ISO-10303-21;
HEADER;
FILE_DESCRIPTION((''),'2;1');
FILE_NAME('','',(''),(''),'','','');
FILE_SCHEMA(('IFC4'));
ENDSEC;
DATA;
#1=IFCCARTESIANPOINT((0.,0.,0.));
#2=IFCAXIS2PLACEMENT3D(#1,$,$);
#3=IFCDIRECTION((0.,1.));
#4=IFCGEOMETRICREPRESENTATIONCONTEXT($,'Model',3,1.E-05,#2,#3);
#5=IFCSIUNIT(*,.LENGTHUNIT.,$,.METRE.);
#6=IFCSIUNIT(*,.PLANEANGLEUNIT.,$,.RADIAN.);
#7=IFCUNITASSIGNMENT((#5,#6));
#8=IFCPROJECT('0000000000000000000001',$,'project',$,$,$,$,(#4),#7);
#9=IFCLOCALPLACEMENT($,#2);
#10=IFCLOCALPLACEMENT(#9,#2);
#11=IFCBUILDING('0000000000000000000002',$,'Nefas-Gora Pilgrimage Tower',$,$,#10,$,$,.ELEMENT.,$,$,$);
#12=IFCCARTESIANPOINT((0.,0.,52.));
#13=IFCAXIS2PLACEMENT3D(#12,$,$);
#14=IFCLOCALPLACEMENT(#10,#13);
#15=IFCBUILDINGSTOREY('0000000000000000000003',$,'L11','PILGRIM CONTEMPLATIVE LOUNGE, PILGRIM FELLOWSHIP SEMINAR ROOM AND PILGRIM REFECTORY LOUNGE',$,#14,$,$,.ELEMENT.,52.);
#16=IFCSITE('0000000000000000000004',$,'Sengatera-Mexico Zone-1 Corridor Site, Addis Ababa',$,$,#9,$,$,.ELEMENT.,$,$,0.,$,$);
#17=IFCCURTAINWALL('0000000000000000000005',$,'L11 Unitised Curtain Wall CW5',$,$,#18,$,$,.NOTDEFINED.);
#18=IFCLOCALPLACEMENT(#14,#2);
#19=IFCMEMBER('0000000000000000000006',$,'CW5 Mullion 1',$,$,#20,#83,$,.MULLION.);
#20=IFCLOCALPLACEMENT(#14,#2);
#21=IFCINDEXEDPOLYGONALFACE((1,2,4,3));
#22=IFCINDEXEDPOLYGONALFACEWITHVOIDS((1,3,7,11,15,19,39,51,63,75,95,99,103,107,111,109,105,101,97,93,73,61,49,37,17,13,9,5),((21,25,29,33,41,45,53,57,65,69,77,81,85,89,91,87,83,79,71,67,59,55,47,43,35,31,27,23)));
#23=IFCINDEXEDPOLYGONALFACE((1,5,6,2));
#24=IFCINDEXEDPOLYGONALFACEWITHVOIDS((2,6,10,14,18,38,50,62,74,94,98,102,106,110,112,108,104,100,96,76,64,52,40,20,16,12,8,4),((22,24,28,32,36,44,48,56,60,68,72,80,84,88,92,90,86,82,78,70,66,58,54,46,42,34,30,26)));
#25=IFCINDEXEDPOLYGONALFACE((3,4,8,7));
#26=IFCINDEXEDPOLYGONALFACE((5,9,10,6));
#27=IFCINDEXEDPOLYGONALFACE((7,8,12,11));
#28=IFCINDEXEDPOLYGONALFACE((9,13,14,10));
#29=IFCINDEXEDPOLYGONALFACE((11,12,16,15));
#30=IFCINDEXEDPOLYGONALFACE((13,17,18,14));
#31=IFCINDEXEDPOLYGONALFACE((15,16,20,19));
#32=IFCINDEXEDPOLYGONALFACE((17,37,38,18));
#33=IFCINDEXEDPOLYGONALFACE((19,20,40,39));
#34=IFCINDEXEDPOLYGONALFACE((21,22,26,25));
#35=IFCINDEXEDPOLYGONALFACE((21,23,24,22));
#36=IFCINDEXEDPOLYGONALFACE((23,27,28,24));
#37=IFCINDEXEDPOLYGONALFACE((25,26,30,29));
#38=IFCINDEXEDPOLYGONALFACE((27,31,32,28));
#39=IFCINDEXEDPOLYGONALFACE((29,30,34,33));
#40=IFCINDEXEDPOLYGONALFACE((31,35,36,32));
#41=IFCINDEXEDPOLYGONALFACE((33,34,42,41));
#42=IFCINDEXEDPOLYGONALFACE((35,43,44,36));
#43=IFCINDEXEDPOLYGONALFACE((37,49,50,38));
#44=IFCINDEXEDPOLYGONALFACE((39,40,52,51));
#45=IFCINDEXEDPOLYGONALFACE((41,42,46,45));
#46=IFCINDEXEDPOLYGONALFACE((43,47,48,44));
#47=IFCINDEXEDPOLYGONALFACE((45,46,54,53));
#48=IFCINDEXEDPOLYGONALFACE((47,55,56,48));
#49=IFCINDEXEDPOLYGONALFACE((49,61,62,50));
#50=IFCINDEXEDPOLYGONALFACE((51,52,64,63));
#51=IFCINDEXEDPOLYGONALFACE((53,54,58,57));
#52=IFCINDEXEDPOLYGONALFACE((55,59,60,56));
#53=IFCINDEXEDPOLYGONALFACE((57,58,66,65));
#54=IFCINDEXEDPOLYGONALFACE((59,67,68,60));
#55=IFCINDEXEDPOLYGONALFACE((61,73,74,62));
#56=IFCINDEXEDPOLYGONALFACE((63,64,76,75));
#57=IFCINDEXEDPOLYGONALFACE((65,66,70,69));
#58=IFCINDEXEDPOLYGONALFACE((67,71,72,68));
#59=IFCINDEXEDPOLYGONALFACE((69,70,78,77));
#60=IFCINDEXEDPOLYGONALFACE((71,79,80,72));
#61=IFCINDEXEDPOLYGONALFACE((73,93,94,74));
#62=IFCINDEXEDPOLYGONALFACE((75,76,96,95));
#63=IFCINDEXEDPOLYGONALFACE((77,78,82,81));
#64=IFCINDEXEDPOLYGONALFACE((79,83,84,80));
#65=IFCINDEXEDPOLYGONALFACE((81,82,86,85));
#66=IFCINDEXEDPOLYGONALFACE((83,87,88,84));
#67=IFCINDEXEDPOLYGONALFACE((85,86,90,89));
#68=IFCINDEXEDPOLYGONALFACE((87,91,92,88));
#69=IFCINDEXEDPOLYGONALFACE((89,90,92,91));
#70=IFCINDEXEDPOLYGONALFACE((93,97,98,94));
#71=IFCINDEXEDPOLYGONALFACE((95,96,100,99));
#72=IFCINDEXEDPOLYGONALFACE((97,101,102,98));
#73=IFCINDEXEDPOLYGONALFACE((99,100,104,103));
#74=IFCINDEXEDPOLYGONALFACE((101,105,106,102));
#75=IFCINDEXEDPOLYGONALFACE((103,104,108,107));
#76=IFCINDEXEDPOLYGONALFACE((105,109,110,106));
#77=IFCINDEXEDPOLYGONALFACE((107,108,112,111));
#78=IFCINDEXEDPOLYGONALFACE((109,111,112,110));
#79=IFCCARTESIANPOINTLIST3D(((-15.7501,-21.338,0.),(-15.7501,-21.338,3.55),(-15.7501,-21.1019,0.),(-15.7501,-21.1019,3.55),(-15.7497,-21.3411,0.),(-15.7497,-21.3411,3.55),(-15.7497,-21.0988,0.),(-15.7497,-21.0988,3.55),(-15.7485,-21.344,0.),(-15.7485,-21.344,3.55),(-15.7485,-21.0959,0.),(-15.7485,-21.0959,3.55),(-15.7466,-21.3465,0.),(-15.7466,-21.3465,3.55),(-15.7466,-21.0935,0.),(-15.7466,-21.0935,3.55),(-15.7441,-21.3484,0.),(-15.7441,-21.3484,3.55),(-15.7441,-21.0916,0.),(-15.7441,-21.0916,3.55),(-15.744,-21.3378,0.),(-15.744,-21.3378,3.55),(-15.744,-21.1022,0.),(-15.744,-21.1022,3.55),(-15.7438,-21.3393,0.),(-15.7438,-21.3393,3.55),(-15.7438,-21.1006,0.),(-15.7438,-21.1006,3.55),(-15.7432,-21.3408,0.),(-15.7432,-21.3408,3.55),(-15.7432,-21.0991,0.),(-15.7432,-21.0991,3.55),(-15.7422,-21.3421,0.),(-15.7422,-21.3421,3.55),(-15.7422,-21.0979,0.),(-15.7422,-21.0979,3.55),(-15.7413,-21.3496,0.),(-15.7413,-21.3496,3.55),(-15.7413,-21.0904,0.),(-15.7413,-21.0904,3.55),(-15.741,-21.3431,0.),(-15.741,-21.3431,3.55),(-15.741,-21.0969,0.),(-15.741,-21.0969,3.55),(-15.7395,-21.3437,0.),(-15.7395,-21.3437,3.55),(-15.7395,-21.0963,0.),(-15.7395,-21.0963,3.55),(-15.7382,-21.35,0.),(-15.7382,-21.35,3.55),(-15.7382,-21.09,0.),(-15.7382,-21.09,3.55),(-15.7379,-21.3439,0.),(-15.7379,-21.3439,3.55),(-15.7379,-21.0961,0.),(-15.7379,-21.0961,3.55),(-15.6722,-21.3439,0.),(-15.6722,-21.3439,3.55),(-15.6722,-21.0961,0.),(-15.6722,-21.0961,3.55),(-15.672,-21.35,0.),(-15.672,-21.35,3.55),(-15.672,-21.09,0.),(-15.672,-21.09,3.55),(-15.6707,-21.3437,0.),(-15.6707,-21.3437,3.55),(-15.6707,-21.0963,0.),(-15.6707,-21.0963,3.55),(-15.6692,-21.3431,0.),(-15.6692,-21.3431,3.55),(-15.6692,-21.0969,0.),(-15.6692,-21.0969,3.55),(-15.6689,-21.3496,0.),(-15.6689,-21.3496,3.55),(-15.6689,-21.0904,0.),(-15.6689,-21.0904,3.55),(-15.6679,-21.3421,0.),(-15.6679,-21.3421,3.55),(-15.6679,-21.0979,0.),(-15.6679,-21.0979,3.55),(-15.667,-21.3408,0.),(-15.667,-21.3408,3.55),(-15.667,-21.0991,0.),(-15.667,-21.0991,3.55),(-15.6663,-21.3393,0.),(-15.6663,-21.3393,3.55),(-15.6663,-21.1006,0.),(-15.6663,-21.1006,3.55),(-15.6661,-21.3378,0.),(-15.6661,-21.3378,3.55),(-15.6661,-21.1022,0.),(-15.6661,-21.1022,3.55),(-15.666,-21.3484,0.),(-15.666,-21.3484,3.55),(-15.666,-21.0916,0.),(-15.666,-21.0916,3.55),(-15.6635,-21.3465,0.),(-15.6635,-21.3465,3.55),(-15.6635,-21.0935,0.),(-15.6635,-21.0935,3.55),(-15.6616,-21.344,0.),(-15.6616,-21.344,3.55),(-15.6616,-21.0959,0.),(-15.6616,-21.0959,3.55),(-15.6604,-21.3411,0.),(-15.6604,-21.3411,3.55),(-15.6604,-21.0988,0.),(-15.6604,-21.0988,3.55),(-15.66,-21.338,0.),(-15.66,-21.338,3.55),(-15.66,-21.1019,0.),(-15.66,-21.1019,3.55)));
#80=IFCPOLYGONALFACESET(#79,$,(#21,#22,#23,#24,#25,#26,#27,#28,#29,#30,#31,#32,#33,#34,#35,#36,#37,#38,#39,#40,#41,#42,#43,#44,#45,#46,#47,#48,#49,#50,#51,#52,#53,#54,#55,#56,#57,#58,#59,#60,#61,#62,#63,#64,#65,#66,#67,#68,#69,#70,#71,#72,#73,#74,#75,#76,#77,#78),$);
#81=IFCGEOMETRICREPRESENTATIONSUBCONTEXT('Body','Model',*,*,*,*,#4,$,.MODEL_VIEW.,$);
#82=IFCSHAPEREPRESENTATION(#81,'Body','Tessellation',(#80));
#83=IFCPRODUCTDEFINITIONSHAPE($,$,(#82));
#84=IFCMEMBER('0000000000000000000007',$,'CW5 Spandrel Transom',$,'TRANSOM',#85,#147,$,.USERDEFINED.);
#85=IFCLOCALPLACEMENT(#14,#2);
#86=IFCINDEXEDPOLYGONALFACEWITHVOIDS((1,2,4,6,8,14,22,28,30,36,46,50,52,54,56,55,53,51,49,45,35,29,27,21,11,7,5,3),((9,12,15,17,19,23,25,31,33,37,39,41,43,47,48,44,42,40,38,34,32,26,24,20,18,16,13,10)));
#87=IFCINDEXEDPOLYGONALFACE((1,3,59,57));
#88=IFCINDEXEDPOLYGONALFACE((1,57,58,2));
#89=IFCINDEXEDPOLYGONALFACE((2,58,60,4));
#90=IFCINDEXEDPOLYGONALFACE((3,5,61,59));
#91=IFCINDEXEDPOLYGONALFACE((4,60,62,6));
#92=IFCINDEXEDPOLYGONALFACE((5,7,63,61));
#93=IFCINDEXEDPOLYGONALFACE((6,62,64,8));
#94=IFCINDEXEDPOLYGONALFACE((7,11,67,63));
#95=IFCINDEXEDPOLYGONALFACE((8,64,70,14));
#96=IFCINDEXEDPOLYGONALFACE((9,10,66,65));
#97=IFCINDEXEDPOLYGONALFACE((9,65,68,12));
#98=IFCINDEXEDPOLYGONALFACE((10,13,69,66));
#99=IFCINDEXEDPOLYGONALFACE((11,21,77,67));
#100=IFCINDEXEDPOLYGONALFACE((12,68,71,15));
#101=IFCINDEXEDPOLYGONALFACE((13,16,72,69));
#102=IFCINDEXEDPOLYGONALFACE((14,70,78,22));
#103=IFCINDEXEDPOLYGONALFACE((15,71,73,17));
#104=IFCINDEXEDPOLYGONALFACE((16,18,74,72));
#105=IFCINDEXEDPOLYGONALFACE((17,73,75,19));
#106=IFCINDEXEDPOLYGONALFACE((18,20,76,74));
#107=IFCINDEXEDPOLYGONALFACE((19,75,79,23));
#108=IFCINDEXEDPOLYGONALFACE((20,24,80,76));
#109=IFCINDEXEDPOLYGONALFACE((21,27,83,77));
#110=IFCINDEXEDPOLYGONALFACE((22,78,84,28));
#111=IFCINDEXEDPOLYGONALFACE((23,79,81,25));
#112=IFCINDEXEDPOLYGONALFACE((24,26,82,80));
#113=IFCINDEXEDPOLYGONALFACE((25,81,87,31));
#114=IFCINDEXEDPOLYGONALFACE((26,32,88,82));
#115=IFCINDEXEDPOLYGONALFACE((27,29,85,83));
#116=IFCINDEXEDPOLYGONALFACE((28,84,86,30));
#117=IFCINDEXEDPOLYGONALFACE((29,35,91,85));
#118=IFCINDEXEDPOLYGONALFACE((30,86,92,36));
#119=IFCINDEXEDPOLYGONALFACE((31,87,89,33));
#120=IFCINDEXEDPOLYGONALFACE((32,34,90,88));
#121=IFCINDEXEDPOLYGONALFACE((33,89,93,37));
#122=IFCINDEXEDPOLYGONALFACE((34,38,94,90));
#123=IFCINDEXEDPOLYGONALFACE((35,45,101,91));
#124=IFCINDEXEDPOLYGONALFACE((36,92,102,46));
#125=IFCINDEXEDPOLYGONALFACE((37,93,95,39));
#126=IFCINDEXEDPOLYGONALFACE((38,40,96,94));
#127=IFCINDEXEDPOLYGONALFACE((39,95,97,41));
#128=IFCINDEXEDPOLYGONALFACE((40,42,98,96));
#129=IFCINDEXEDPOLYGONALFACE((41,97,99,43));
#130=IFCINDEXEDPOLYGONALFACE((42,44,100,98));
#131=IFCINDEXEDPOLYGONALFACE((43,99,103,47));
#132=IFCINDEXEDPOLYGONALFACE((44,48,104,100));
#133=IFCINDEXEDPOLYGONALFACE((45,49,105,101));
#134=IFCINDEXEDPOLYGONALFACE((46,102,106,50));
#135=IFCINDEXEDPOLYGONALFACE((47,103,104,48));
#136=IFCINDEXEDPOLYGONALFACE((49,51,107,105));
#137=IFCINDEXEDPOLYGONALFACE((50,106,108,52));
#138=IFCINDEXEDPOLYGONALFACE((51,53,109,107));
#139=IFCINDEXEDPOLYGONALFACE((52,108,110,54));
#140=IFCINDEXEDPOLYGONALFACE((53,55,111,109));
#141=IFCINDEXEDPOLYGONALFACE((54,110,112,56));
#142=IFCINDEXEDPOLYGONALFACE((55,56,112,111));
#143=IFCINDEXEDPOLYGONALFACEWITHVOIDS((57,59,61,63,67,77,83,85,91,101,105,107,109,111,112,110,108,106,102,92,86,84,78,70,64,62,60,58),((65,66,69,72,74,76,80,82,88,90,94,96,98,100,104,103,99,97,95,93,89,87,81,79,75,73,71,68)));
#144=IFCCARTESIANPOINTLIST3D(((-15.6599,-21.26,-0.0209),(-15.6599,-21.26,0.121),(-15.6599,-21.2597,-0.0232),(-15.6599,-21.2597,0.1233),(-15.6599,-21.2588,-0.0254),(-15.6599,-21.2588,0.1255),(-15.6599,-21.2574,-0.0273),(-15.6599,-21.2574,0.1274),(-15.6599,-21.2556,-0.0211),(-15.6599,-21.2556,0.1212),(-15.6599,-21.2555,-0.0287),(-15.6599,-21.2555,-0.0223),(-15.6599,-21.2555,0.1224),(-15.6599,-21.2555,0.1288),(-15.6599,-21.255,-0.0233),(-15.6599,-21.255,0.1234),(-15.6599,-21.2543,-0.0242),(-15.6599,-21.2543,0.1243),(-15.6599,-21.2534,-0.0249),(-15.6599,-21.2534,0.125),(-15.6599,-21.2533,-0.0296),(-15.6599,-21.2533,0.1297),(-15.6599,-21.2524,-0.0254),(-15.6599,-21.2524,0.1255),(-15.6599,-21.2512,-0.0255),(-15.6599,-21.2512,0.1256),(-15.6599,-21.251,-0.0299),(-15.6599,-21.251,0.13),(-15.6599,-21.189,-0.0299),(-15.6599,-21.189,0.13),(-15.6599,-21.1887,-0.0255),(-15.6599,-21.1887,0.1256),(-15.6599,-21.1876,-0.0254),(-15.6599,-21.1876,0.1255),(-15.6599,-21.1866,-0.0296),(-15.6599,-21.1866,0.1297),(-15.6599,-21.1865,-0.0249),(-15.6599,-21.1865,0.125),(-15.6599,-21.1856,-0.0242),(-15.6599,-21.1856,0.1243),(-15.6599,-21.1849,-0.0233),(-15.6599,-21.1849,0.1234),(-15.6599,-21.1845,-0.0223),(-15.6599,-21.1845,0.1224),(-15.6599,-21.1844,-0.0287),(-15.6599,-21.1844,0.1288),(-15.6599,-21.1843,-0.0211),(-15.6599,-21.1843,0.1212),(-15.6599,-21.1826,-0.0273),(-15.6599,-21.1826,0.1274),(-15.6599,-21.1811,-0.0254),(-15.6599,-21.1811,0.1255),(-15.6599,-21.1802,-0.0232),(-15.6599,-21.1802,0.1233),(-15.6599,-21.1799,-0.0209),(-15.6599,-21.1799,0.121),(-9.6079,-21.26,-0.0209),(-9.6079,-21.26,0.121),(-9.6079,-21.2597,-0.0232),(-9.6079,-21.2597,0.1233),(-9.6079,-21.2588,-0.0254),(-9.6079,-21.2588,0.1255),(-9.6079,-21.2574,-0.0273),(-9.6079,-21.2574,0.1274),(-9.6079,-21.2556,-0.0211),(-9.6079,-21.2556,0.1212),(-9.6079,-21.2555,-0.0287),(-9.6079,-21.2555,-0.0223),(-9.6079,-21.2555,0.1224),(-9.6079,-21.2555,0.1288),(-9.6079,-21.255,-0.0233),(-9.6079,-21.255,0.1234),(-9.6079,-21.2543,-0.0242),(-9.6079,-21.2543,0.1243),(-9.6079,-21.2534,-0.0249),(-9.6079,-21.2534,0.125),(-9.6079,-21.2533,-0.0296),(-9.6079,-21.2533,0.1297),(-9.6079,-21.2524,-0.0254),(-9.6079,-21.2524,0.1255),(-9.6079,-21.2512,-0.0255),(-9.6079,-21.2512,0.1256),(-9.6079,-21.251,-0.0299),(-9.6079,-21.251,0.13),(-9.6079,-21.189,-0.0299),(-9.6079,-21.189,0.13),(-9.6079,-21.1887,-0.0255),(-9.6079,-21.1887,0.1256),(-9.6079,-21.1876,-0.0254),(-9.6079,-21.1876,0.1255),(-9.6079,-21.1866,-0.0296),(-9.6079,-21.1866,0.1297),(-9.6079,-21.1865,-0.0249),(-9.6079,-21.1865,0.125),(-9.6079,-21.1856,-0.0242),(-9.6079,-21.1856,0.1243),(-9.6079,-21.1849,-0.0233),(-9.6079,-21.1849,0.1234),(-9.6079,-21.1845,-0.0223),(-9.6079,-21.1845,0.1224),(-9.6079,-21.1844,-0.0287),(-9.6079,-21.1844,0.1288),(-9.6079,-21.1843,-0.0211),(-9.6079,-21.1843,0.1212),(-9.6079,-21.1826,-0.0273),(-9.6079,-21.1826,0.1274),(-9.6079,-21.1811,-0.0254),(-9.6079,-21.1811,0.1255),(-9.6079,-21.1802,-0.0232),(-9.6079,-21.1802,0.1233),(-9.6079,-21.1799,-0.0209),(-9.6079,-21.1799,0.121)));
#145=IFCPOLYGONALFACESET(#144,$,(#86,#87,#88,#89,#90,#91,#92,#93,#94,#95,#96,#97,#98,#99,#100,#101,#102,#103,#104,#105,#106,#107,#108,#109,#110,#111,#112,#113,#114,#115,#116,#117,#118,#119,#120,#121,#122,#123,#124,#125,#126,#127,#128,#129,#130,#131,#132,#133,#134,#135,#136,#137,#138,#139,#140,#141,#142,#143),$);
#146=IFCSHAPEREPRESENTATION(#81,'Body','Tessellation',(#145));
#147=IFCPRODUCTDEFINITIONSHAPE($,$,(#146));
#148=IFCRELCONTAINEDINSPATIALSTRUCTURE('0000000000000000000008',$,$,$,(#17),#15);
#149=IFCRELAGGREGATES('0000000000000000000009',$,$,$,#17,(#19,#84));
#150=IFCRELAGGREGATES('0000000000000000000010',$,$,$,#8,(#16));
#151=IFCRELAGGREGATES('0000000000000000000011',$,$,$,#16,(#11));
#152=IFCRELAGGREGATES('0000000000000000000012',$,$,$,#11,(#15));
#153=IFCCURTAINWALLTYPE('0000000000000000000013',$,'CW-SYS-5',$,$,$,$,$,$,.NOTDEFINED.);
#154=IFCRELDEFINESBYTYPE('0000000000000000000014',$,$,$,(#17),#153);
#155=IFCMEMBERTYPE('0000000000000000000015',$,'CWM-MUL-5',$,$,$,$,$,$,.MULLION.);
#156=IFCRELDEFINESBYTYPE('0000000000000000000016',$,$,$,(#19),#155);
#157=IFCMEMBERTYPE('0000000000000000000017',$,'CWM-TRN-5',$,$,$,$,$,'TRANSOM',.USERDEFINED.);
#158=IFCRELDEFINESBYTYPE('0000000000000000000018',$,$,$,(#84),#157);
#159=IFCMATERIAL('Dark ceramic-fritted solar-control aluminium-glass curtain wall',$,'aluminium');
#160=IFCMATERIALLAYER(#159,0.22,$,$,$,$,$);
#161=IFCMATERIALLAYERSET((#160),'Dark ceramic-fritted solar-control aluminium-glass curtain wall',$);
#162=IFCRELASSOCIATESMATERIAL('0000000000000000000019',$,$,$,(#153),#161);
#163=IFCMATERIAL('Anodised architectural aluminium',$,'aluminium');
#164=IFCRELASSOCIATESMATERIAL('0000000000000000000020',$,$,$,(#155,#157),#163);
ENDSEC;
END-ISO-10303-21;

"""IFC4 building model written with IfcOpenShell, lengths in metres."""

from ifc_helpers import new_model, si_unit, direction, frame, origin, origin_2d, place, context, subcontext, project, spatial, hollow_rectangle, extrude, source, transform, mapped, material, layer, layer_set, material_profile, profile_set, type_object, element, aggregate, save


model = new_model("IFC4")

# Units and contexts
model_context = context("Model", 3, precision=1e-05, world=origin(), true_north=direction((0.0, 1.0)))
body_context = subcontext(model_context, "Body", "Model", "MODEL_VIEW")
ifc_project = project(units=[si_unit("LENGTHUNIT", "METRE"), si_unit("PLANEANGLEUNIT", "RADIAN")], contexts=[model_context])

# Site, building, storey
site_placement = place(None, origin())
site = spatial("IfcSite", under=ifc_project, at=site_placement, Name="Sengatera-Mexico Zone-1 Corridor Site, Addis Ababa", CompositionType="ELEMENT", RefElevation=0.0)
building_placement = place(site_placement, origin())
building = spatial("IfcBuilding", under=site, at=building_placement, Name="Nefas-Gora Pilgrimage Tower", CompositionType="ELEMENT")
storey_placement = place(building_placement, frame((0.0, 0.0, 52.0)))
storey = spatial("IfcBuildingStorey", under=building, at=storey_placement, Name="L11", Description="PILGRIM CONTEMPLATIVE LOUNGE, PILGRIM FELLOWSHIP SEMINAR ROOM AND PILGRIM REFECTORY LOUNGE", CompositionType="ELEMENT", Elevation=52.0)

# Curtain wall, members
ifc_material_1 = material(Name="Dark ceramic-fritted solar-control aluminium-glass curtain wall", Category="aluminium")
ifc_layer_1 = layer(ifc_material_1, 0.22)
ifc_layer_set_1 = layer_set([ifc_layer_1], Name="Dark ceramic-fritted solar-control aluminium-glass curtain wall")
curtain_wall_type_1 = type_object("IfcCurtainWallType", Name="CW-SYS-5", PredefinedType="NOTDEFINED", material=ifc_layer_set_1)
curtain_wall_1_placement = place(storey_placement, origin())
curtain_wall_1 = element("IfcCurtainWall", 1, at=curtain_wall_1_placement, inside=storey, type_object=curtain_wall_type_1, Name="L11 Unitised Curtain Wall CW5", PredefinedType="NOTDEFINED")
ifc_material_2 = material(Name="Anodised architectural aluminium", Category="aluminium")
ifc_material_profile_1 = material_profile(ifc_material_2, hollow_rectangle(XDim=0.0901, YDim=0.26, WallThickness=0.0061, InnerFilletRadius=0.0061, OuterFilletRadius=0.012, at=origin_2d()), Name="ALU MULLION 90x260")
ifc_profile_set_1 = profile_set([ifc_material_profile_1], Name="Anodised architectural aluminium")
member_type_1 = type_object("IfcMemberType", Name="CWM-MUL-5", PredefinedType="MULLION", material=ifc_profile_set_1)
shared_shape_1 = source(origin(), body_context, "Body", "SweptSolid", [
    extrude(hollow_rectangle(XDim=0.0901, YDim=0.26, WallThickness=0.0061, InnerFilletRadius=0.0061, OuterFilletRadius=0.012, at=origin_2d()), origin(), (0.0, 0.0, 1.0), 3.55),
])
member_1_placement = place(storey_placement, frame((-15.7051, -21.22, 0.0), z_axis=(0.0, 0.0, 1.0), x_axis=(1.0, 0.0, 0.0)))
member_1 = element("IfcMember", 2, at=member_1_placement, type_object=member_type_1, Name="CW5 Mullion 1", PredefinedType="MULLION", context=body_context, shape_type="MappedRepresentation", body=[
    mapped(shared_shape_1, transform((0.0, 0.0, 0.0), x_axis=(1.0, 0.0, 0.0), y_axis=(0.0, 1.0, 0.0), z_axis=(0.0, 0.0, 1.0), scale=1.0)),
])
ifc_material_profile_2 = material_profile(ifc_material_2, hollow_rectangle(XDim=0.0801, YDim=0.1599, WallThickness=0.0044, InnerFilletRadius=0.0044, OuterFilletRadius=0.009, at=origin_2d()), Name="ALU TRANSOM 80x160")
ifc_profile_set_2 = profile_set([ifc_material_profile_2], Name="Anodised architectural aluminium")
member_type_2 = type_object("IfcMemberType", Name="CWM-TRN-5", ElementType="TRANSOM", PredefinedType="USERDEFINED", material=ifc_profile_set_2)
shared_shape_2 = source(origin(), body_context, "Body", "SweptSolid", [
    extrude(hollow_rectangle(XDim=0.0801, YDim=0.1599, WallThickness=0.0044, InnerFilletRadius=0.0044, OuterFilletRadius=0.009, at=origin_2d()), origin(), (0.0, 0.0, 1.0), 6.052),
])
member_2_placement = place(storey_placement, frame((-15.6599, -21.22, 0.05), z_axis=(1.0, 0.0, 0.0), x_axis=(0.0, 1.0, 0.0)))
member_2 = element("IfcMember", 3, at=member_2_placement, type_object=member_type_2, Name="CW5 Spandrel Transom", ObjectType="TRANSOM", PredefinedType="USERDEFINED", context=body_context, shape_type="MappedRepresentation", body=[
    mapped(shared_shape_2, transform((0.0, 0.0, 0.0), x_axis=(1.0, 0.0, 0.0), y_axis=(0.0, 1.0, 0.0), z_axis=(0.0, 0.0, 1.0), scale=1.0)),
])

aggregate(curtain_wall_1, [member_1, member_2])

save(model, "model.ifc")
